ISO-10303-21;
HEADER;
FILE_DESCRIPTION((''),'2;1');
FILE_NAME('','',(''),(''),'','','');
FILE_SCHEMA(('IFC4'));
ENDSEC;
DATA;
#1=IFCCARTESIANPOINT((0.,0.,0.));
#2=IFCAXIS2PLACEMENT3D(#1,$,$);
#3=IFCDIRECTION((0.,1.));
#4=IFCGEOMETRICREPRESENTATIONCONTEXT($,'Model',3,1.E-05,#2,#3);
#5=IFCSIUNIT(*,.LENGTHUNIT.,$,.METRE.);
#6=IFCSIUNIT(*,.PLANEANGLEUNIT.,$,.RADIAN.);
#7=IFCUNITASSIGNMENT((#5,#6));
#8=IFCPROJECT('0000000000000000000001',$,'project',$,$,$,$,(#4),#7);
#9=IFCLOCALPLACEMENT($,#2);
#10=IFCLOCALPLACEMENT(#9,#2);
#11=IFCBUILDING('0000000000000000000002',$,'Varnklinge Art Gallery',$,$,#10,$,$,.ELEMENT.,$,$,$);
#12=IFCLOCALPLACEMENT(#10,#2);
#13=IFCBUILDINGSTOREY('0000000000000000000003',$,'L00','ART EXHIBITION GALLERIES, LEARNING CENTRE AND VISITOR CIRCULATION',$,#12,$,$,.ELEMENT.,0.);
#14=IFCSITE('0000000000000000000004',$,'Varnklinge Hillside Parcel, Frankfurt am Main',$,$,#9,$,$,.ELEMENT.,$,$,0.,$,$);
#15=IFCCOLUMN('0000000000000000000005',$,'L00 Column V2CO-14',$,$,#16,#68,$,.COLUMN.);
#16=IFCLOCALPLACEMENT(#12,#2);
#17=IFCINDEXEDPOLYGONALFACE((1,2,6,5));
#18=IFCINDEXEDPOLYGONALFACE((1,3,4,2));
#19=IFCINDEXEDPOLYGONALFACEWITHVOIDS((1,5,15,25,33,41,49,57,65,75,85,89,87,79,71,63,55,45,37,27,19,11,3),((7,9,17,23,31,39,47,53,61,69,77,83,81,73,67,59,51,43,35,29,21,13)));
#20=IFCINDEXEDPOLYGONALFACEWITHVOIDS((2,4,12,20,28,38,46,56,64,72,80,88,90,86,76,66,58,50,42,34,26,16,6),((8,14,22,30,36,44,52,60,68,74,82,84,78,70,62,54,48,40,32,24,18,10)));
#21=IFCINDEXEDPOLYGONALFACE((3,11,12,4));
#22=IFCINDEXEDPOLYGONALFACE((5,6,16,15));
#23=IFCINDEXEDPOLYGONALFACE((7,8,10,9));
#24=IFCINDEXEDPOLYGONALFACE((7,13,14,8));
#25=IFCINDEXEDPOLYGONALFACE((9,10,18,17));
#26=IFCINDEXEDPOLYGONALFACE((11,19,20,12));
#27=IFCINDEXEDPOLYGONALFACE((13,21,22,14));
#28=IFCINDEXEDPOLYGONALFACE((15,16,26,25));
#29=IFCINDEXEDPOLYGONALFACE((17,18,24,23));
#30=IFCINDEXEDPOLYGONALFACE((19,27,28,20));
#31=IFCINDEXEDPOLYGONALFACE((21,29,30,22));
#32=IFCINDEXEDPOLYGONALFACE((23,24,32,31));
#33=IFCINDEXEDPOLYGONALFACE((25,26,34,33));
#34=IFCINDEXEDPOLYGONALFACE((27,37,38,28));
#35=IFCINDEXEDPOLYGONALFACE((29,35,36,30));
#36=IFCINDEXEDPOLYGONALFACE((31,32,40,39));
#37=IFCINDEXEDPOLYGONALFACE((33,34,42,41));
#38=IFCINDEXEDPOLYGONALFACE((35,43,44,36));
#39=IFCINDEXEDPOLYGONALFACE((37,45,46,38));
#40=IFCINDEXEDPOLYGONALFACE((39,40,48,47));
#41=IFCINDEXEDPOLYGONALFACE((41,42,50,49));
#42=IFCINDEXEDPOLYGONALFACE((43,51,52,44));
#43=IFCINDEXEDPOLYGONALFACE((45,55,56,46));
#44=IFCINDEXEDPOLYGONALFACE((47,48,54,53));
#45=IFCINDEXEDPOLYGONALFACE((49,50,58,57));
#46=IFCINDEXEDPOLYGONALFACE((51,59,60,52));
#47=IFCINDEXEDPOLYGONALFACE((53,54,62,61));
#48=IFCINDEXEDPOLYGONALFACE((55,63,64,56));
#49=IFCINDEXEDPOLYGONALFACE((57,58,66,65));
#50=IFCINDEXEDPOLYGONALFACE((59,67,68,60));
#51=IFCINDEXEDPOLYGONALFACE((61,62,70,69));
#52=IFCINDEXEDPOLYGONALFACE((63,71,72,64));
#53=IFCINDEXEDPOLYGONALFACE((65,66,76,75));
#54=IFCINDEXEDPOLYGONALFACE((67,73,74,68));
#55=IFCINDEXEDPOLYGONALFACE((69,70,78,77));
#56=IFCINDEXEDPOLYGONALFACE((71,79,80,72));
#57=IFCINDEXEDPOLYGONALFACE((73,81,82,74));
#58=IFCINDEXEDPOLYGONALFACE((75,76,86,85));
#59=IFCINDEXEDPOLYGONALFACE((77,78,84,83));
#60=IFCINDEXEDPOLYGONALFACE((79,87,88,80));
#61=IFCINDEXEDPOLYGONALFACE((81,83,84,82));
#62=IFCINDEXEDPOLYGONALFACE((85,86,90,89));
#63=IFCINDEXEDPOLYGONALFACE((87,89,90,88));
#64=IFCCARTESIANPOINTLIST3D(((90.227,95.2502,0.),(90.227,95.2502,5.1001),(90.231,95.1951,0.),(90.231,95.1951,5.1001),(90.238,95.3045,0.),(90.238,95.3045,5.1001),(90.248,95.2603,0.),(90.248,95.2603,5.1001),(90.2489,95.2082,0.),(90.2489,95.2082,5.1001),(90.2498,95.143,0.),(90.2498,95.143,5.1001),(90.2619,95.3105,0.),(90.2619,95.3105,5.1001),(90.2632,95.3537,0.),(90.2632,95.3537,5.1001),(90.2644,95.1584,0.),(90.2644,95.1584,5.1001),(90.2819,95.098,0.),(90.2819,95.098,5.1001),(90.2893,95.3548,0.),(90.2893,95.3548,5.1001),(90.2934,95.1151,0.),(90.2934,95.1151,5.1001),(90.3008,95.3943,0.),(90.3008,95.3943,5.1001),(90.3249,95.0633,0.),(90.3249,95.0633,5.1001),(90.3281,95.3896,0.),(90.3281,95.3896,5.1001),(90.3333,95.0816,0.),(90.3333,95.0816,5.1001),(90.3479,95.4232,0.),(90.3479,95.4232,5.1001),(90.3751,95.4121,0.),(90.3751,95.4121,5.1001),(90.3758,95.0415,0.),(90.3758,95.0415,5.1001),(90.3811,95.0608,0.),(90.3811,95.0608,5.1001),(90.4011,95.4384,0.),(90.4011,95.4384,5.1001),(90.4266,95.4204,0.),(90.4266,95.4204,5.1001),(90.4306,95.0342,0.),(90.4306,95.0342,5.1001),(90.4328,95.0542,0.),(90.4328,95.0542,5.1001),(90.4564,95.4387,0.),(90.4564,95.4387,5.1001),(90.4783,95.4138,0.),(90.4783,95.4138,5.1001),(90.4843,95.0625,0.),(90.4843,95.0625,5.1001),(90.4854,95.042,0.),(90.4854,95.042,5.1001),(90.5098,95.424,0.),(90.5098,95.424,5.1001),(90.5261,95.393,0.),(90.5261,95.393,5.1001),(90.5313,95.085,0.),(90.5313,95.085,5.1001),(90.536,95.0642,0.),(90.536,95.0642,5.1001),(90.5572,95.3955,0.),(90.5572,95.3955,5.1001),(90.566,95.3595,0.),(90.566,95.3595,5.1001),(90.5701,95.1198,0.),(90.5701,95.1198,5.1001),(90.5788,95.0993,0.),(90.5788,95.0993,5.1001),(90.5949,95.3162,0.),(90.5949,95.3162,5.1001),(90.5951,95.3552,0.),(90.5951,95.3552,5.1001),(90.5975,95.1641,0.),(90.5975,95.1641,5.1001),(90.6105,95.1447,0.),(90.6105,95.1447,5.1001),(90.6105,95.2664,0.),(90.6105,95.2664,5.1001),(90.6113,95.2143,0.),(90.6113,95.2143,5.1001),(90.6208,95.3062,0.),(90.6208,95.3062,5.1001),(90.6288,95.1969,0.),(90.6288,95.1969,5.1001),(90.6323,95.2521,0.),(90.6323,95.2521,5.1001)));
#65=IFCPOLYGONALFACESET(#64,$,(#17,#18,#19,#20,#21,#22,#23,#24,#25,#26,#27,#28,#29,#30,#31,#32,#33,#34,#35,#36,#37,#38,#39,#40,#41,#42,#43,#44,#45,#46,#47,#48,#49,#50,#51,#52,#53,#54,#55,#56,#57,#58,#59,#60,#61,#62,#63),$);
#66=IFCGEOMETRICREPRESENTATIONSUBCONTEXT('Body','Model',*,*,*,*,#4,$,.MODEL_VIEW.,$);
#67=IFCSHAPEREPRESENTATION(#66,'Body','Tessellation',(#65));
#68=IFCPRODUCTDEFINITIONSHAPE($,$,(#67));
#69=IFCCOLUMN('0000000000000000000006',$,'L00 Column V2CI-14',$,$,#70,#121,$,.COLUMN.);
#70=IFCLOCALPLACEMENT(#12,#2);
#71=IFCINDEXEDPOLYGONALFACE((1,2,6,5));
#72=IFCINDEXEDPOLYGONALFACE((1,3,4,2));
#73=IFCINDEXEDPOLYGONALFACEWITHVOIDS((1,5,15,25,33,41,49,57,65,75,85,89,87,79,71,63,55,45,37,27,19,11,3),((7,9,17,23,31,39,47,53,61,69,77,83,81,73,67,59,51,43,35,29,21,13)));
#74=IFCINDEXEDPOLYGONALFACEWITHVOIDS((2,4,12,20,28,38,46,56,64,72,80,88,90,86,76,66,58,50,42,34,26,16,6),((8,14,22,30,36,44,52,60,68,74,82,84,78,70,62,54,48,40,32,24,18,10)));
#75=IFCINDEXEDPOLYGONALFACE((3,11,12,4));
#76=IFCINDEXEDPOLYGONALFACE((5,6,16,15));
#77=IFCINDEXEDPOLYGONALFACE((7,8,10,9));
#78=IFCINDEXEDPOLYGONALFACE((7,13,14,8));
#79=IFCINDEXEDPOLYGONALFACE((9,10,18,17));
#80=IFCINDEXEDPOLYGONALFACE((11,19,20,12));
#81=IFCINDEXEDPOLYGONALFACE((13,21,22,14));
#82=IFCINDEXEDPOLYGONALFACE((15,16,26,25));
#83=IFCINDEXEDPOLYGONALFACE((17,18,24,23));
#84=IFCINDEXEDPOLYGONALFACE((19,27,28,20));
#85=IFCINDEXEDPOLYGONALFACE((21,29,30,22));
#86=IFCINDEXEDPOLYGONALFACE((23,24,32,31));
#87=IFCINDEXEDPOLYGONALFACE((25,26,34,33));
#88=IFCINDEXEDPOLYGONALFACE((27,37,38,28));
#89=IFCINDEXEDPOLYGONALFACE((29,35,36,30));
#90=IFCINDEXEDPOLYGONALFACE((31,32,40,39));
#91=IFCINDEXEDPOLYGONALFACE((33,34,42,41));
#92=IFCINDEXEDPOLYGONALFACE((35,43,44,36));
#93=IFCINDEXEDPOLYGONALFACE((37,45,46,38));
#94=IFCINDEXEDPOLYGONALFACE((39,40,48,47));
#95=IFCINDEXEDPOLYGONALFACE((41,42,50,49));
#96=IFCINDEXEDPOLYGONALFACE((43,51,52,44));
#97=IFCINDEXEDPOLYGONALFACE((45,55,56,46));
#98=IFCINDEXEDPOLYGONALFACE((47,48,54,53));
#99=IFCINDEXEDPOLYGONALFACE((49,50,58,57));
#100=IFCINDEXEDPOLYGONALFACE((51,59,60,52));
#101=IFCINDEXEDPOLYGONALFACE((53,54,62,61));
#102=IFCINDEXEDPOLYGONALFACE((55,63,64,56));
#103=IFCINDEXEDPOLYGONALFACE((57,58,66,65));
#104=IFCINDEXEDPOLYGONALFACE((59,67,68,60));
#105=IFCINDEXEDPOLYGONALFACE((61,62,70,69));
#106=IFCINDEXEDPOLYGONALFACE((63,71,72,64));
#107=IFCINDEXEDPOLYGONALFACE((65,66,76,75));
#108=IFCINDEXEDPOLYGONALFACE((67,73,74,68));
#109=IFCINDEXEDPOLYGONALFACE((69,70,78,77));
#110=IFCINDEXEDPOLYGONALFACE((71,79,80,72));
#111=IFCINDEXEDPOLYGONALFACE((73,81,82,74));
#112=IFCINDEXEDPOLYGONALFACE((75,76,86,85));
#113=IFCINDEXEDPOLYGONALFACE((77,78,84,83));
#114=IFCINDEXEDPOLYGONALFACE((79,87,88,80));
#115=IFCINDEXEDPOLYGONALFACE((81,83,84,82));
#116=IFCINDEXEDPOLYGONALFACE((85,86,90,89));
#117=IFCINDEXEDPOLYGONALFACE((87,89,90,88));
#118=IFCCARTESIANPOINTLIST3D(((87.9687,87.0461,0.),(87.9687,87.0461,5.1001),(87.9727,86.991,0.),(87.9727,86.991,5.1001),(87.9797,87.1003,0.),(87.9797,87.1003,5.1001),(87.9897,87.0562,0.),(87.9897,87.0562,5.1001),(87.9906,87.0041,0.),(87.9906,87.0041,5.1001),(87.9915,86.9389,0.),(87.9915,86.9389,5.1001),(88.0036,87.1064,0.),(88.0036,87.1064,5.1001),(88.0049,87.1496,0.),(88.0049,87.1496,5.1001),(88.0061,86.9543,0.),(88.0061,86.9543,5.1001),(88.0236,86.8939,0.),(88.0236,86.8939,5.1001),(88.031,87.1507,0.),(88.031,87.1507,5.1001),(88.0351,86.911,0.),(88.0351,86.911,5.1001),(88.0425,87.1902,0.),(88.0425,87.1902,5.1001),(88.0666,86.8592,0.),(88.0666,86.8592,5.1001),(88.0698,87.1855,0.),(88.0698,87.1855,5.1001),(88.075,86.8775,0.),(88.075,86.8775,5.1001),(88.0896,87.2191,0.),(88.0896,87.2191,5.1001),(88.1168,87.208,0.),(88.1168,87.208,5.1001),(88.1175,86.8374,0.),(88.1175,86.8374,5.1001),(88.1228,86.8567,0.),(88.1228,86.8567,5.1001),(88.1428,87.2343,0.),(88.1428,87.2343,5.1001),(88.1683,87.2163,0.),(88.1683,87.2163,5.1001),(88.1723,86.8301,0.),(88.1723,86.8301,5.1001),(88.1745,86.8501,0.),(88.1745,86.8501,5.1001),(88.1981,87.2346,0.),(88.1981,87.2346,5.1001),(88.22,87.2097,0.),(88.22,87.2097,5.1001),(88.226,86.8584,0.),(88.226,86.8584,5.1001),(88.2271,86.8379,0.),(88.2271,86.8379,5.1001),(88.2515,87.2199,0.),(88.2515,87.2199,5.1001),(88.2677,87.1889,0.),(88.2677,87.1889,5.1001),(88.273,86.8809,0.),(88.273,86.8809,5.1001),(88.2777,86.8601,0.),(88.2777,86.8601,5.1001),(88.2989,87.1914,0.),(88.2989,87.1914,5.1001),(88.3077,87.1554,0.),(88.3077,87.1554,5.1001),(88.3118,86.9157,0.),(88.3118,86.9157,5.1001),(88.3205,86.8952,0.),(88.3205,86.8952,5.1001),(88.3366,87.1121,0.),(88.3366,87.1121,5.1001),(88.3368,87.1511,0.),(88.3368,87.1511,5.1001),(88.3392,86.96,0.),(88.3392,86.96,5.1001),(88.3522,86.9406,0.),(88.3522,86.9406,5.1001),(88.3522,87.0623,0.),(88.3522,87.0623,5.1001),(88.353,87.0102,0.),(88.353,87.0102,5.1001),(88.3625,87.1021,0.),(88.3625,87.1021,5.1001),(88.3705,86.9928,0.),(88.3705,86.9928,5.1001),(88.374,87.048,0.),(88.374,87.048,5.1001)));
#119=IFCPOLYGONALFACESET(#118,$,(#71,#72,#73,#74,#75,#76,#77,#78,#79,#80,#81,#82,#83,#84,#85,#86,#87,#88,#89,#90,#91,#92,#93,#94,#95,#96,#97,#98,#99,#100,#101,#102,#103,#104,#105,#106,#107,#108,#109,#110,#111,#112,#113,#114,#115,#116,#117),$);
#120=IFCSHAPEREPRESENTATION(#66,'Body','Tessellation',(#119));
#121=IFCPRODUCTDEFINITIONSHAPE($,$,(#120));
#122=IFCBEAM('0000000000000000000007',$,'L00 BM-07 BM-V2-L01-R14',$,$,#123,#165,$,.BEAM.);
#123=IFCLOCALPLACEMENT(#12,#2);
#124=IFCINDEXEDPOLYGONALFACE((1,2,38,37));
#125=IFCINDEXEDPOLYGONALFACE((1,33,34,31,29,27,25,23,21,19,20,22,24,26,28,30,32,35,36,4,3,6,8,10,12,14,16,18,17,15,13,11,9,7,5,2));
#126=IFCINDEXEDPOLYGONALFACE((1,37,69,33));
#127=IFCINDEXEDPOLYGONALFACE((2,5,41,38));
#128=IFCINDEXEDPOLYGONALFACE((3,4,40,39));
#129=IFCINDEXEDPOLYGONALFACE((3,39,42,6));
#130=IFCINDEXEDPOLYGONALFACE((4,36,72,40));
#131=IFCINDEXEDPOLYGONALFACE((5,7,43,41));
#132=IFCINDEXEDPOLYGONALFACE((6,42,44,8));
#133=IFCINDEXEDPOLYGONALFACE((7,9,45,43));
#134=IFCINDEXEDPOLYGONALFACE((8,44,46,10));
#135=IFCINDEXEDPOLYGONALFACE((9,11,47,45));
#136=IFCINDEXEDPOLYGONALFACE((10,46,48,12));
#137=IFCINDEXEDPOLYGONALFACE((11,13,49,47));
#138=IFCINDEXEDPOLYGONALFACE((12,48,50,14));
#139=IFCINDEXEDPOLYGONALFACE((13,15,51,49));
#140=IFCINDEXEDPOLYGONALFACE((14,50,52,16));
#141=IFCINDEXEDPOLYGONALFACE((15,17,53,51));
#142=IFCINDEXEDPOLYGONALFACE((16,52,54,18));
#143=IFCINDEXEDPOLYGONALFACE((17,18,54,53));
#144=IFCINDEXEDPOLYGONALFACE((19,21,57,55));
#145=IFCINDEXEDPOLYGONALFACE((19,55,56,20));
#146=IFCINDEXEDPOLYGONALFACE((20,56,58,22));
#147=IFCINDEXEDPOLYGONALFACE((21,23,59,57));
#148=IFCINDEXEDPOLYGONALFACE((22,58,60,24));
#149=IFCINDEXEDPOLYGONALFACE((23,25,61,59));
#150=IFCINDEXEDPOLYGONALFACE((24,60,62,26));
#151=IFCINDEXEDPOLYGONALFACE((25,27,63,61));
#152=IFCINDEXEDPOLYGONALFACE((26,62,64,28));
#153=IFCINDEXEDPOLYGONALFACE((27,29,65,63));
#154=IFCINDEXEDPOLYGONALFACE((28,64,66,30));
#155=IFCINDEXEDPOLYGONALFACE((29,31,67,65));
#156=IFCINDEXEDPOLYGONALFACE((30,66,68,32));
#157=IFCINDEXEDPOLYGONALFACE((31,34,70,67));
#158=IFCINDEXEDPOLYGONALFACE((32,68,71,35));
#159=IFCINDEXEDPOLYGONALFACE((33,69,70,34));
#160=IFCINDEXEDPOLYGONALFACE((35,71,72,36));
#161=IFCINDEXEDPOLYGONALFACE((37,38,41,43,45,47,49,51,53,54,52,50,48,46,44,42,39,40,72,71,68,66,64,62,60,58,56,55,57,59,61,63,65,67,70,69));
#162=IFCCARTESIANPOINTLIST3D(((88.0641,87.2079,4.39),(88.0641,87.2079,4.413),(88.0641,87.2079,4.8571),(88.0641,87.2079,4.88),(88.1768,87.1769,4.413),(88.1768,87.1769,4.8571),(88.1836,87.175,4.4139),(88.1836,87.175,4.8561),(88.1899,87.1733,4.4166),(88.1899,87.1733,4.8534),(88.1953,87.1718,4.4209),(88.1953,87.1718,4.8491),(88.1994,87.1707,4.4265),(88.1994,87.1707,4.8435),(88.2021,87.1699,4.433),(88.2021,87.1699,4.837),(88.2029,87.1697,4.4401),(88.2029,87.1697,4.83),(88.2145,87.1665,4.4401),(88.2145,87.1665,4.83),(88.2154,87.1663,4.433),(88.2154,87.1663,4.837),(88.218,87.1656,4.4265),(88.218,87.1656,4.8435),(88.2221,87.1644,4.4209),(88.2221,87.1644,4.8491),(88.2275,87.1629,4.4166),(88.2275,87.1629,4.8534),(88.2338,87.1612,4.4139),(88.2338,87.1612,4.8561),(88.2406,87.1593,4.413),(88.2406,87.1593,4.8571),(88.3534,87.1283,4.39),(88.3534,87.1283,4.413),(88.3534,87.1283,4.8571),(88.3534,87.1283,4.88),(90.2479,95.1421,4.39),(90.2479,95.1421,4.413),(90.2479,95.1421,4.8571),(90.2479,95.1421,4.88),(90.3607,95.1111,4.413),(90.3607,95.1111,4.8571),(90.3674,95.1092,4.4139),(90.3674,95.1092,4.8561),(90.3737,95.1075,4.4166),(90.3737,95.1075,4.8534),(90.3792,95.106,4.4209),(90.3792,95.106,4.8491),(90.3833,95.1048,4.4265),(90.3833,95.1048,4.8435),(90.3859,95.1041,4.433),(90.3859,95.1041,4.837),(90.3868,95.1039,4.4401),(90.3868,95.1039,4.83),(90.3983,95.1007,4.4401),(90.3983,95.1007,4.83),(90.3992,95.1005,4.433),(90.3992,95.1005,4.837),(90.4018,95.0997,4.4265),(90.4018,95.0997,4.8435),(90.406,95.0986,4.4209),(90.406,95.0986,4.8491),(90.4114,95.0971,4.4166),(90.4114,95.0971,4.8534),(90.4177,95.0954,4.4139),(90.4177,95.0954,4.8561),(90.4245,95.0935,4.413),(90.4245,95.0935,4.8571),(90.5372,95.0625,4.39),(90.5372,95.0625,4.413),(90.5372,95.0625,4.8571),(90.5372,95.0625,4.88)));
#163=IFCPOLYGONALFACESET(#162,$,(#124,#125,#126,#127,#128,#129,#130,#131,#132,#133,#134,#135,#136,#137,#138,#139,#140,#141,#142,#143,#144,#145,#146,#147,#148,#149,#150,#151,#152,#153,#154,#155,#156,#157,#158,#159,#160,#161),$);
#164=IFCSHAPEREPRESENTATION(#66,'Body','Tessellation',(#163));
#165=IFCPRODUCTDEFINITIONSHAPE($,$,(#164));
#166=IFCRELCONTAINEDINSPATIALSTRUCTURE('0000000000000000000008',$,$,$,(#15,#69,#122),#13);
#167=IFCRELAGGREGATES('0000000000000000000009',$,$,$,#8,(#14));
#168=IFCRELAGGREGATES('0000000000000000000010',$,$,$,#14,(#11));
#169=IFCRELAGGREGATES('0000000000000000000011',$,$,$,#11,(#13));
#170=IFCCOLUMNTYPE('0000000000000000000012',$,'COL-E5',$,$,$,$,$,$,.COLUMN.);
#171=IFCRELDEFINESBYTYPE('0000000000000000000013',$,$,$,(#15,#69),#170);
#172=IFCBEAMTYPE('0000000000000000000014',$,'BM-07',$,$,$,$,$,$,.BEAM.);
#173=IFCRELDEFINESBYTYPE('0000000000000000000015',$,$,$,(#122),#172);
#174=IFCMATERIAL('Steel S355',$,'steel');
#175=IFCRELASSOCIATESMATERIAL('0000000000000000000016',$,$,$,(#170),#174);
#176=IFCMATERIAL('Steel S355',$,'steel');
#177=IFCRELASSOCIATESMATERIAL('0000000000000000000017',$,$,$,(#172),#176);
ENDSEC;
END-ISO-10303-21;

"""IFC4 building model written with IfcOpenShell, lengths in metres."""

from ifc_helpers import new_model, si_unit, direction, frame, origin, origin_2d, place, context, subcontext, project, spatial, hollow_circle, i_section, extrude, material, material_profile, profile_set, type_object, element, save


model = new_model("IFC4")

# Units and contexts
model_context = context("Model", 3, precision=1e-05, world=origin(), true_north=direction((0.0, 1.0)))
body_context = subcontext(model_context, "Body", "Model", "MODEL_VIEW")
ifc_project = project(units=[si_unit("LENGTHUNIT", "METRE"), si_unit("PLANEANGLEUNIT", "RADIAN")], contexts=[model_context])

# Site, building, storey
site_placement = place(None, origin())
site = spatial("IfcSite", under=ifc_project, at=site_placement, Name="Varnklinge Hillside Parcel, Frankfurt am Main", CompositionType="ELEMENT", RefElevation=0.0)
building_placement = place(site_placement, origin())
building = spatial("IfcBuilding", under=site, at=building_placement, Name="Varnklinge Art Gallery", CompositionType="ELEMENT")
storey_placement = place(building_placement, origin())
storey = spatial("IfcBuildingStorey", under=building, at=storey_placement, Name="L00", Description="ART EXHIBITION GALLERIES, LEARNING CENTRE AND VISITOR CIRCULATION", CompositionType="ELEMENT", Elevation=0.0)

# Columns
ifc_material_1 = material(Name="Steel S355", Category="steel")
ifc_material_profile_1 = material_profile(ifc_material_1, hollow_circle(Radius=0.2031, WallThickness=0.02, at=origin_2d()), Name="CHS 406.4x20")
ifc_profile_set_1 = profile_set([ifc_material_profile_1], Name="Steel S355")
column_type = type_object("IfcColumnType", Name="COL-E5", PredefinedType="COLUMN", material=ifc_profile_set_1)
for number, where, z_axis, x_axis, name in (
    (1, (90.4297, 95.2373, 0.0), (0.0, 0.0, 1.0), (-0.265388, -0.964142, 0.0), "L00 Column V2CO-14"),
    (2, (88.1714, 87.0332, 0.0), (0.0, 0.0, 1.0), (-0.265388, -0.964142, 0.0), "L00 Column V2CI-14"),
):
    element("IfcColumn", number, at=place(storey_placement, frame(where, z_axis=z_axis, x_axis=x_axis)), inside=storey, type_object=column_type, Name=name, PredefinedType="COLUMN", context=body_context, shape_type="SweptSolid", body=[
        extrude(hollow_circle(Radius=0.2031, WallThickness=0.02, at=origin_2d()), origin(), (0.0, 0.0, 1.0), 5.1001),
    ])

# Beam
ifc_material_2 = material(Name="Steel S355", Category="steel")
ifc_material_profile_2 = material_profile(ifc_material_2, i_section(OverallWidth=0.3, OverallDepth=0.49, WebThickness=0.012, FlangeThickness=0.0229, FilletRadius=0.0271, at=origin_2d()), Name="HEA 500")
ifc_profile_set_2 = profile_set([ifc_material_profile_2], Name="Steel S355")
beam_type_1 = type_object("IfcBeamType", Name="BM-07", PredefinedType="BEAM", material=ifc_profile_set_2)
beam_1_placement = place(storey_placement, frame((90.3926, 95.1023, 4.635), z_axis=(-0.265379, -0.964144, 0.0), x_axis=(0.964144, -0.265379, 0.0)))
element("IfcBeam", 3, at=beam_1_placement, inside=storey, type_object=beam_type_1, Name="L00 BM-07 BM-V2-L01-R14", PredefinedType="BEAM", context=body_context, shape_type="SweptSolid", body=[
    extrude(i_section(OverallWidth=0.3, OverallDepth=0.49, WebThickness=0.012, FlangeThickness=0.0229, FilletRadius=0.0271, at=origin_2d()), origin(), (0.0, 0.0, 1.0), 8.2292),
])

save(model, "model.ifc")
